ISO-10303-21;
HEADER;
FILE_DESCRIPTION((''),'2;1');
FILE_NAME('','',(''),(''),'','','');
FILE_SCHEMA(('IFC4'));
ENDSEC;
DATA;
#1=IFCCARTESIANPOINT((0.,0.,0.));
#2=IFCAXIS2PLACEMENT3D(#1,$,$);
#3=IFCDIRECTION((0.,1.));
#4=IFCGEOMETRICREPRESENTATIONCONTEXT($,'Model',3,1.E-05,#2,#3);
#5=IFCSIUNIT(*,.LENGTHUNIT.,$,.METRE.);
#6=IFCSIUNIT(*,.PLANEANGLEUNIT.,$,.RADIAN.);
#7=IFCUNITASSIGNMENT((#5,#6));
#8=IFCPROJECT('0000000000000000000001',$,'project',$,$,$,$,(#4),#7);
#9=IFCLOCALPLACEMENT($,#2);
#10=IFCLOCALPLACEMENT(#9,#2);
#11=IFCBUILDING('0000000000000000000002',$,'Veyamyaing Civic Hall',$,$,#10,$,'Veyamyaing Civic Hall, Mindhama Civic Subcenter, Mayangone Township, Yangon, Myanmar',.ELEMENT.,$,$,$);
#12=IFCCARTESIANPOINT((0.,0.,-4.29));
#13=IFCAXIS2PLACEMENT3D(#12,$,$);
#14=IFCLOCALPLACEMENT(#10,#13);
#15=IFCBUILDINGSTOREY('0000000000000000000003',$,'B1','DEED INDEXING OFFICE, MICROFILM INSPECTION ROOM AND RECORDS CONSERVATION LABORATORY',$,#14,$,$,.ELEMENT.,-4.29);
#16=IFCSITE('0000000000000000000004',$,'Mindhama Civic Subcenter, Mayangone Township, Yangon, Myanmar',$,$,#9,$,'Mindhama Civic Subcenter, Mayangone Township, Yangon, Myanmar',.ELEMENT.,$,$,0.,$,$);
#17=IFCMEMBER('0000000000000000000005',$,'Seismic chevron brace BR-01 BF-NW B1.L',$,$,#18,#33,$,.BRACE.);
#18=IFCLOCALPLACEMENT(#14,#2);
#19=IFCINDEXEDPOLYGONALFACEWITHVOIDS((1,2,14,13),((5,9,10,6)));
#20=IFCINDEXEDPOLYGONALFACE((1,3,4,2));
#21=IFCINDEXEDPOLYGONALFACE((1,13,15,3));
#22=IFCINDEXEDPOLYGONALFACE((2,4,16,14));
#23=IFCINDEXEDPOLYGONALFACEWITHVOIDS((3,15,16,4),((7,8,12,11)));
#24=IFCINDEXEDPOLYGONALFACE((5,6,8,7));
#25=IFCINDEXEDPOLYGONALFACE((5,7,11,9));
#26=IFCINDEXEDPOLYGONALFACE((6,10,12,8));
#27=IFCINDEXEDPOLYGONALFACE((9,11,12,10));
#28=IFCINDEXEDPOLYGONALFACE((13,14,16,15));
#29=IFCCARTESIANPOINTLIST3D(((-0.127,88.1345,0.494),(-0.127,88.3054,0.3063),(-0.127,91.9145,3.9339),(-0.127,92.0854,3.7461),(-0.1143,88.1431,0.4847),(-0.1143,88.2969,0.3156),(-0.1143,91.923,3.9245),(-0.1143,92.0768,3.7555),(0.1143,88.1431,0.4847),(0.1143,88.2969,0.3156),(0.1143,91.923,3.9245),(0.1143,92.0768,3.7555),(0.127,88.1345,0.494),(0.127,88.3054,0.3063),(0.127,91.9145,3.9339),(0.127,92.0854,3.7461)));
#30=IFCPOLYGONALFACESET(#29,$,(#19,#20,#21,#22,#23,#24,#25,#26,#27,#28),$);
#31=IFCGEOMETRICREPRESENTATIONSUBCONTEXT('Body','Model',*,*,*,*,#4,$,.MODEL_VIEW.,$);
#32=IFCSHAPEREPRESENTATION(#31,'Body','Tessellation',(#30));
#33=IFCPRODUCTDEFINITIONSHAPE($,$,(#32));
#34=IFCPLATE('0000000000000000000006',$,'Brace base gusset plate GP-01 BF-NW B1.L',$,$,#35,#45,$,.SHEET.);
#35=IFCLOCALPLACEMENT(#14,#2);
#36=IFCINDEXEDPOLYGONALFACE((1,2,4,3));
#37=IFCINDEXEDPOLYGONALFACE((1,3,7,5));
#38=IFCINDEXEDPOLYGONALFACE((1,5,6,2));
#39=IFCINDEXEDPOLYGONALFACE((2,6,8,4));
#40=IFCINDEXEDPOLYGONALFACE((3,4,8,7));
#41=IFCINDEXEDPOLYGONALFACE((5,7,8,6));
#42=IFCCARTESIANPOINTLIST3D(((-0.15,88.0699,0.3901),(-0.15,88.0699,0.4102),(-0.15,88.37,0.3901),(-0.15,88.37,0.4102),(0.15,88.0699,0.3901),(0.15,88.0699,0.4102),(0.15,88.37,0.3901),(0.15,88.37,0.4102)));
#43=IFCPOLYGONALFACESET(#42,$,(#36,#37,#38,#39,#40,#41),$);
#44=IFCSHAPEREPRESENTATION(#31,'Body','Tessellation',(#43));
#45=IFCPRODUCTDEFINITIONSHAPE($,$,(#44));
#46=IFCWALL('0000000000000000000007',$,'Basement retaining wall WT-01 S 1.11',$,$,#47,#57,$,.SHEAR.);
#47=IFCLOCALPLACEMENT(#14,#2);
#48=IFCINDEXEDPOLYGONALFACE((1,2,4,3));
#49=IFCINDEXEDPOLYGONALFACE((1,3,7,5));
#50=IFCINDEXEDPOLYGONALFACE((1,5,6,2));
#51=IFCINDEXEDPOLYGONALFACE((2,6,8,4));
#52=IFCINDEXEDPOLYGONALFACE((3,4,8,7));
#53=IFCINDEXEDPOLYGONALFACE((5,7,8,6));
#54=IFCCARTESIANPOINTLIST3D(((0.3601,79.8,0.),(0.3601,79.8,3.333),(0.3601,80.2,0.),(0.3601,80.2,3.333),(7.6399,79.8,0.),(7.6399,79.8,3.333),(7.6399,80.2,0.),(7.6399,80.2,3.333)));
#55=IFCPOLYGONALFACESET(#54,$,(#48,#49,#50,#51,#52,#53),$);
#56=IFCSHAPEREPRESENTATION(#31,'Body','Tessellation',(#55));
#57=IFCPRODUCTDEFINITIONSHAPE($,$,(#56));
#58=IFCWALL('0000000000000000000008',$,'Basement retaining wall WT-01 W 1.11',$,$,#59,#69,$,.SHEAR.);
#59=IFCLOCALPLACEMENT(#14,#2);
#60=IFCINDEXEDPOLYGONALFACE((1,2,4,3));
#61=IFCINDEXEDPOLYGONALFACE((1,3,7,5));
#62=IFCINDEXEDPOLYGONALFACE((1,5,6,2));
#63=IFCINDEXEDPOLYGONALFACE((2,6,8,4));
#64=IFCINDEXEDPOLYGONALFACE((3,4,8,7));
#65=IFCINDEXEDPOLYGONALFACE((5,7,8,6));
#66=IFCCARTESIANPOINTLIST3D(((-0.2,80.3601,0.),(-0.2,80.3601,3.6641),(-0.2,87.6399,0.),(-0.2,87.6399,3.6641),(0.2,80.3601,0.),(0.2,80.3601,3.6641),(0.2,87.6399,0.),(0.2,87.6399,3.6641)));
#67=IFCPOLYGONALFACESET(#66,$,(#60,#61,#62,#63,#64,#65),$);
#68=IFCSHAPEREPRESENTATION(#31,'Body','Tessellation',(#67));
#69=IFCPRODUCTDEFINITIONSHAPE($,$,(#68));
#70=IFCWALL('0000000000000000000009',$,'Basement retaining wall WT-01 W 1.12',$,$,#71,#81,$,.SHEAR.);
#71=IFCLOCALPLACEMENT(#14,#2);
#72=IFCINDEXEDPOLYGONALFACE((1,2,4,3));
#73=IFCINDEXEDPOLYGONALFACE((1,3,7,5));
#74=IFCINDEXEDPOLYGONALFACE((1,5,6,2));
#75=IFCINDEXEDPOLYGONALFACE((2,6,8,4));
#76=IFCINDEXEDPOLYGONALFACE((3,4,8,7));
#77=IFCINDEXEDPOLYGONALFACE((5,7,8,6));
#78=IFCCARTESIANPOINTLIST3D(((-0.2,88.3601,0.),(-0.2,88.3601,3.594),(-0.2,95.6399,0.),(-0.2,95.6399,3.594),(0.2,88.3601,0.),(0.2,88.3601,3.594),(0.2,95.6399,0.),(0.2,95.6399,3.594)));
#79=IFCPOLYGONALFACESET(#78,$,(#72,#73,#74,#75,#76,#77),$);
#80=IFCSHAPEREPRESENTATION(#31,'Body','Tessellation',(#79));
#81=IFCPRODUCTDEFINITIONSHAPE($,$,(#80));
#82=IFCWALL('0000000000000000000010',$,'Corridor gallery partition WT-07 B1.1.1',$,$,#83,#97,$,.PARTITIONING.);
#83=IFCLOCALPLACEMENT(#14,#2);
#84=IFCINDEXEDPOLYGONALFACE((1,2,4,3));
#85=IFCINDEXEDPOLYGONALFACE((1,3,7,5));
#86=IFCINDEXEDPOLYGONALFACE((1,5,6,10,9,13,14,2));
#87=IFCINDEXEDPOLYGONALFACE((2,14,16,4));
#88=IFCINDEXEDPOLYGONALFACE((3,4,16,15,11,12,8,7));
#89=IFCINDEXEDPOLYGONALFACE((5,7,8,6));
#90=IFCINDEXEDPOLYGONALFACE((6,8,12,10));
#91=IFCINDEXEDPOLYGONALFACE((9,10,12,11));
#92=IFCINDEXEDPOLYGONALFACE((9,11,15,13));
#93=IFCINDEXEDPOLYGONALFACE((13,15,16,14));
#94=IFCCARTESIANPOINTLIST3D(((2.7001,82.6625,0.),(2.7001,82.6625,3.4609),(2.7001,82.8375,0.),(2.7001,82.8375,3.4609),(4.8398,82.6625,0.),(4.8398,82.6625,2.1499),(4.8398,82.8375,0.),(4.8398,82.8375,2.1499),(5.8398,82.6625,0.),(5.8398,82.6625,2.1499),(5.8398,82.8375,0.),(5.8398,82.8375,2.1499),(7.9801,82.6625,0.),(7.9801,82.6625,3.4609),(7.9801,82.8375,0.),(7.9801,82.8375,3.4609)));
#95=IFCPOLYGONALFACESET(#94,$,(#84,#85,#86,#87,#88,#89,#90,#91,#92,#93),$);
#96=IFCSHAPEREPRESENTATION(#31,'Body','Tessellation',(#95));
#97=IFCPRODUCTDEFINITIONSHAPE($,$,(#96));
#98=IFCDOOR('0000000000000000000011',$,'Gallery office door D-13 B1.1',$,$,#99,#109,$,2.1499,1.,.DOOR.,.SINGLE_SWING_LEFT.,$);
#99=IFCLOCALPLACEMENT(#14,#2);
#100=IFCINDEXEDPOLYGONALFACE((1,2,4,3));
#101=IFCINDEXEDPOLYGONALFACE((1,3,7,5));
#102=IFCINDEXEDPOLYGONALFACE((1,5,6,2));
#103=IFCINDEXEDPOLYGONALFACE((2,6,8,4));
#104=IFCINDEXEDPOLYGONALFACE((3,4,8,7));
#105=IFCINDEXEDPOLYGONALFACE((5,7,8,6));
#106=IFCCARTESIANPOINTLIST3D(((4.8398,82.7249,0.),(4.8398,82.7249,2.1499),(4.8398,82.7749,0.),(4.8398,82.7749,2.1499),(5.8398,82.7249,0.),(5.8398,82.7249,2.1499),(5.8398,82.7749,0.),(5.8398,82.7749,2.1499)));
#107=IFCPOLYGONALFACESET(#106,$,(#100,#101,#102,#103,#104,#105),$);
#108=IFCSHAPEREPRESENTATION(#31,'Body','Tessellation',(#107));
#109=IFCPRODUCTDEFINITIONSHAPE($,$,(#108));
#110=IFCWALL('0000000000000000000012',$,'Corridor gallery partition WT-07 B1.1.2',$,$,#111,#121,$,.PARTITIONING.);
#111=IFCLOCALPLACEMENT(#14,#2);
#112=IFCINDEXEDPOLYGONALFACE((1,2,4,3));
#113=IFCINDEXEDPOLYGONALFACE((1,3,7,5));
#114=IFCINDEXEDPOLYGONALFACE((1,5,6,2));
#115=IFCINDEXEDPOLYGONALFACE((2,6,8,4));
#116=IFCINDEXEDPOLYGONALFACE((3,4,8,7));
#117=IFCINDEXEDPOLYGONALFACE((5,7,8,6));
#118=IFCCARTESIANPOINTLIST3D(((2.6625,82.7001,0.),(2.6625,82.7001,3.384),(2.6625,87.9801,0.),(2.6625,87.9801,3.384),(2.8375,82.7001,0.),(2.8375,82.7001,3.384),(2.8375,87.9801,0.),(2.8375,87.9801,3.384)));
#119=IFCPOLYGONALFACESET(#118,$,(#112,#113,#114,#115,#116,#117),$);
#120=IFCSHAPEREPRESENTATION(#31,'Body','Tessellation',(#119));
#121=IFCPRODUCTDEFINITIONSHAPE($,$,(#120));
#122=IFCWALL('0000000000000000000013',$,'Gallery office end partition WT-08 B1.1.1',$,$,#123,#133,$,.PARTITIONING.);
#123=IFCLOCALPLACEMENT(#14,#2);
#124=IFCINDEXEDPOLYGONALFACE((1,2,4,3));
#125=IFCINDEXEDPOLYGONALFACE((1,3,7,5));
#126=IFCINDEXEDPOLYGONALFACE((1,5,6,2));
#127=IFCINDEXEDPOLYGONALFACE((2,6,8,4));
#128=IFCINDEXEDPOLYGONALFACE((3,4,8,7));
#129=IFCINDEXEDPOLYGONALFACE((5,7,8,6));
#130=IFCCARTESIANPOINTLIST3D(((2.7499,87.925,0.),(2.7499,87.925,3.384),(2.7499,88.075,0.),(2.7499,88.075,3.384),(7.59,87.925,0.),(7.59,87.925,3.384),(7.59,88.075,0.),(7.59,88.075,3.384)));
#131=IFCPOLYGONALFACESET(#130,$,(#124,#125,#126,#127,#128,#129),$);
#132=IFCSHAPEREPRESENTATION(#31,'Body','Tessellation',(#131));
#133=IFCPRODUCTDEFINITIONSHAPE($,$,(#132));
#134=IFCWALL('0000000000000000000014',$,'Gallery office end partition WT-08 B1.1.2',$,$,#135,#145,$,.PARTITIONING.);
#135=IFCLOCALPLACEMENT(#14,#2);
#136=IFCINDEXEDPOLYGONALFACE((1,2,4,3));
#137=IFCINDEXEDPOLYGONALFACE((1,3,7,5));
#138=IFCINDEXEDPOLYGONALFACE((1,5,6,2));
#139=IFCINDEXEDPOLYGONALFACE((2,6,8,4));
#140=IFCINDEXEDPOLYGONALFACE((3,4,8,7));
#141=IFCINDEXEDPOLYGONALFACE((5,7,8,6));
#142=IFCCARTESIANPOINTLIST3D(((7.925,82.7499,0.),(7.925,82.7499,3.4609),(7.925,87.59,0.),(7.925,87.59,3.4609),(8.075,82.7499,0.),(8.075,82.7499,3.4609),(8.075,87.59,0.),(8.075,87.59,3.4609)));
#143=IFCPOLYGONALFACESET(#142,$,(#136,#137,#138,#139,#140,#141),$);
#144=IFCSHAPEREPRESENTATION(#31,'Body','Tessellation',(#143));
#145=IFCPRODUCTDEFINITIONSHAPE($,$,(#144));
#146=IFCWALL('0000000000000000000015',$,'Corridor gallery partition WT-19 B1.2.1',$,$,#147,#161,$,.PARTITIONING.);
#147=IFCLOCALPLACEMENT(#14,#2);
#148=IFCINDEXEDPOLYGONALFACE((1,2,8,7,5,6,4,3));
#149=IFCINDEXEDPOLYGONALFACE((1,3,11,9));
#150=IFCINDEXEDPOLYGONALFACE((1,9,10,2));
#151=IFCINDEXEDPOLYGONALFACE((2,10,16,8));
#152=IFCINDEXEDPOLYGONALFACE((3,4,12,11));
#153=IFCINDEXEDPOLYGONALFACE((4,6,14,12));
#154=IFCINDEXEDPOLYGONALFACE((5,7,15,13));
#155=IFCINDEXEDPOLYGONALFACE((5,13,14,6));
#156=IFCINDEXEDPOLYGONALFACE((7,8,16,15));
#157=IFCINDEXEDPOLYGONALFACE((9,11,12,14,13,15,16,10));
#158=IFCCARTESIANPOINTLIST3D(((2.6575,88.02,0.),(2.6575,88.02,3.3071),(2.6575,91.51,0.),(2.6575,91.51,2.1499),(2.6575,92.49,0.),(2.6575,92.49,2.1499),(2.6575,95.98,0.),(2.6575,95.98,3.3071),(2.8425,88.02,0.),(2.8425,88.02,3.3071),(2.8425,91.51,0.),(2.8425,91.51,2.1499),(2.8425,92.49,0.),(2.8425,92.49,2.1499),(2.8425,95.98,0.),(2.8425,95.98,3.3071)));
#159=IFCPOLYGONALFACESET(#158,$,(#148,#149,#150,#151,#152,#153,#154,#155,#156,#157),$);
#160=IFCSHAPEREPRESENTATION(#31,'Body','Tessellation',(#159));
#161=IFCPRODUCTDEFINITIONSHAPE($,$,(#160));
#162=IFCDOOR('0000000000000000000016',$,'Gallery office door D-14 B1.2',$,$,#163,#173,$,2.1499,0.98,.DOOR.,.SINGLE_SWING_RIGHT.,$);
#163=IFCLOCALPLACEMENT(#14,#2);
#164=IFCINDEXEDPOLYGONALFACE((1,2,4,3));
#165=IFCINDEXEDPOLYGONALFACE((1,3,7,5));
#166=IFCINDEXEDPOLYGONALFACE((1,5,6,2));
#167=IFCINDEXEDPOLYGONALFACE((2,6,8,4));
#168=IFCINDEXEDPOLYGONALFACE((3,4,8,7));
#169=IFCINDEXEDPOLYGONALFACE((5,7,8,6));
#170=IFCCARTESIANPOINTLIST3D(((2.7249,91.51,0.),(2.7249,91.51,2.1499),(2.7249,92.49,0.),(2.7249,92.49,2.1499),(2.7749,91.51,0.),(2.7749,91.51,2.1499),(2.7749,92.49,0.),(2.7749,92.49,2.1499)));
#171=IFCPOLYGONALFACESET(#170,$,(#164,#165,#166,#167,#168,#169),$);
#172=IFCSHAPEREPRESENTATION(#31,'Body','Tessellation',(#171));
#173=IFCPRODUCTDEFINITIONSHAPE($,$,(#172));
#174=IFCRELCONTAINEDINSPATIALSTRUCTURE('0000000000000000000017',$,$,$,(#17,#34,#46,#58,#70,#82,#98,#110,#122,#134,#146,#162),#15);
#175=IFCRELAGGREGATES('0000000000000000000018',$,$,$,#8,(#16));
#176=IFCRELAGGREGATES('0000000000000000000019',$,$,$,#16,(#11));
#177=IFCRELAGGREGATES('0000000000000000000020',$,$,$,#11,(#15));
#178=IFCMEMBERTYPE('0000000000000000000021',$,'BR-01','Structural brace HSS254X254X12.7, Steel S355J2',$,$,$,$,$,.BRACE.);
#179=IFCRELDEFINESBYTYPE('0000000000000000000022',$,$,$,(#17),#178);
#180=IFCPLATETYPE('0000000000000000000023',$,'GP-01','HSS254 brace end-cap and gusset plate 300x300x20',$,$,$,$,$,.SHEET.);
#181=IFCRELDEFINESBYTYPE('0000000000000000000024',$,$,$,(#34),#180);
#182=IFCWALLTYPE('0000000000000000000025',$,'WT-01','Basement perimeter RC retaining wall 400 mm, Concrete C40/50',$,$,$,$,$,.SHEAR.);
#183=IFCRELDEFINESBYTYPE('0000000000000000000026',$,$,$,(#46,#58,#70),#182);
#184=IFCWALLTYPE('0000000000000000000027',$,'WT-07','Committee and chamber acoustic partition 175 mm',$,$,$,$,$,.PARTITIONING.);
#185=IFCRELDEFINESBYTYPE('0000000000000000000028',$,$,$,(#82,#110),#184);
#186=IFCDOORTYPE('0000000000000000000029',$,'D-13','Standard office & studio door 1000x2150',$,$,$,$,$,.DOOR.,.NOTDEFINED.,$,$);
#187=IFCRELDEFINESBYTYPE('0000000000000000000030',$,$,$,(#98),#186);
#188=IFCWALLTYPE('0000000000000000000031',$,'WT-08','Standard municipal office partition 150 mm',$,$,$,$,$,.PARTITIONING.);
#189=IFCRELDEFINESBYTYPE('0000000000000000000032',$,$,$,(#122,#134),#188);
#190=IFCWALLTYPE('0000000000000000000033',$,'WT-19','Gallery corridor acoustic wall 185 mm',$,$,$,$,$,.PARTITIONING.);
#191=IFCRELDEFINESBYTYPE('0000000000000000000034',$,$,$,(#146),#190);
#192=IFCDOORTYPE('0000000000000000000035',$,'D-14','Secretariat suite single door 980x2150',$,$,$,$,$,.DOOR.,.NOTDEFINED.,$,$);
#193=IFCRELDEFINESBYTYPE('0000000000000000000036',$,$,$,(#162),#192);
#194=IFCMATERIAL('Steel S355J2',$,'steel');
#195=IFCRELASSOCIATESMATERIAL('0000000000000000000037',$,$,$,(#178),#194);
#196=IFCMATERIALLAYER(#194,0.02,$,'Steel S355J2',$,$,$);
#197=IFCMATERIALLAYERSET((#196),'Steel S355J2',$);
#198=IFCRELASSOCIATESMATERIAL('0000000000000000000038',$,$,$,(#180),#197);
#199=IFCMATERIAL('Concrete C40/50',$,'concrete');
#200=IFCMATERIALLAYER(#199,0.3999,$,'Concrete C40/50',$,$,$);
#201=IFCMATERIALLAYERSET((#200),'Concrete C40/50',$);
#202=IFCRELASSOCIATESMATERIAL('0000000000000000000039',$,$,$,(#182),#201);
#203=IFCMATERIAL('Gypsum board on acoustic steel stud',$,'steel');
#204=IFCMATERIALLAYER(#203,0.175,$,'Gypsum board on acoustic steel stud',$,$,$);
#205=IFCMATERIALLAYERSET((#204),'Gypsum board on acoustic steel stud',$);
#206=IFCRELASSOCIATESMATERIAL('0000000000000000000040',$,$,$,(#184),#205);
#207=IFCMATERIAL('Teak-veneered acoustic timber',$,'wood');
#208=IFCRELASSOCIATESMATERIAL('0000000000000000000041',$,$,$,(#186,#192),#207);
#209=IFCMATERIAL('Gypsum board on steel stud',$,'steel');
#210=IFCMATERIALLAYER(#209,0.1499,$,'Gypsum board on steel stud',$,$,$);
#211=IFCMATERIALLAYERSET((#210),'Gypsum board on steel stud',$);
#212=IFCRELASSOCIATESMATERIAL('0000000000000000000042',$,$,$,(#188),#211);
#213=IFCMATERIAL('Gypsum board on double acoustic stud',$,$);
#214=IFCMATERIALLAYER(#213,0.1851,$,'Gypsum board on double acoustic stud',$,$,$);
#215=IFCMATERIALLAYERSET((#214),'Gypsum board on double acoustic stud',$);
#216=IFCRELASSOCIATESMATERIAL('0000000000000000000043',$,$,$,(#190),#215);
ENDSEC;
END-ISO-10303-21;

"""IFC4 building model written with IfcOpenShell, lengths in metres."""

from ifc_helpers import new_model, si_unit, direction, frame, frame_2d, origin, origin_2d, place, context, subcontext, project, spatial, rectangle, hollow_rectangle, extrude, material, layer, layer_set, material_profile, profile_set, type_object, element, fill, save


model = new_model("IFC4")

# Units and contexts
model_context = context("Model", 3, precision=1e-05, world=origin(), true_north=direction((0.0, 1.0)))
body_context = subcontext(model_context, "Body", "Model", "MODEL_VIEW")
ifc_project = project(units=[si_unit("LENGTHUNIT", "METRE"), si_unit("PLANEANGLEUNIT", "RADIAN")], contexts=[model_context])

# Site, building, storey
site_placement = place(None, origin())
site = spatial("IfcSite", under=ifc_project, at=site_placement, Name="Mindhama Civic Subcenter, Mayangone Township, Yangon, Myanmar", LongName="Mindhama Civic Subcenter, Mayangone Township, Yangon, Myanmar", CompositionType="ELEMENT", RefElevation=0.0)
building_placement = place(site_placement, origin())
building = spatial("IfcBuilding", under=site, at=building_placement, Name="Veyamyaing Civic Hall", LongName="Veyamyaing Civic Hall, Mindhama Civic Subcenter, Mayangone Township, Yangon, Myanmar", CompositionType="ELEMENT")
storey_placement = place(building_placement, frame((0.0, 0.0, -4.29)))
storey = spatial("IfcBuildingStorey", under=building, at=storey_placement, Name="B1", Description="DEED INDEXING OFFICE, MICROFILM INSPECTION ROOM AND RECORDS CONSERVATION LABORATORY", CompositionType="ELEMENT", Elevation=-4.29)

# Shared definitions
ifc_material_1 = material(Name="Concrete C40/50", Category="concrete")

# Member
ifc_material_2 = material(Name="Steel S355J2", Category="steel")
ifc_material_profile_1 = material_profile(ifc_material_2, hollow_rectangle(XDim=0.2539, YDim=0.2539, WallThickness=0.0127, at=origin_2d()), Name="HSS254X254X12.7")
ifc_profile_set_1 = profile_set([ifc_material_profile_1], Name="Steel S355J2")
member_type = type_object("IfcMemberType", Name="BR-01", Description="Structural brace HSS254X254X12.7, Steel S355J2", PredefinedType="BRACE", material=ifc_profile_set_1)
member_placement = place(storey_placement, frame((0.0, 88.22, 0.4001), z_axis=(0.0, 0.739594, 0.673053), x_axis=(-1.0, 0.0, 0.0)))
element("IfcMember", 1, at=member_placement, inside=storey, type_object=member_type, Name="Seismic chevron brace BR-01 BF-NW B1.L", PredefinedType="BRACE", context=body_context, shape_type="SweptSolid", body=[
    extrude(hollow_rectangle(XDim=0.2539, YDim=0.2539, WallThickness=0.0127, at=origin_2d()), origin(), (0.0, 0.0, 1.0), 5.1108),
])

# Plate
ifc_layer_1 = layer(ifc_material_2, 0.02, Name="Steel S355J2")
ifc_layer_set_1 = layer_set([ifc_layer_1], Name="Steel S355J2")
plate_type = type_object("IfcPlateType", Name="GP-01", Description="HSS254 brace end-cap and gusset plate 300x300x20", PredefinedType="SHEET", material=ifc_layer_set_1)
plate_placement = place(storey_placement, frame((0.0, 88.22, 0.3901), z_axis=(0.0, 0.0, 1.0), x_axis=(1.0, 0.0, 0.0)))
element("IfcPlate", 2, at=plate_placement, inside=storey, type_object=plate_type, Name="Brace base gusset plate GP-01 BF-NW B1.L", PredefinedType="SHEET", context=body_context, shape_type="SweptSolid", body=[
    extrude(rectangle(XDim=0.3, YDim=0.3, at=origin_2d()), origin(), (0.0, 0.0, 1.0), 0.02),
])

# Walls
ifc_layer_2 = layer(ifc_material_1, 0.3999, Name="Concrete C40/50")
ifc_layer_set_2 = layer_set([ifc_layer_2], Name="Concrete C40/50")
wall_type_1 = type_object("IfcWallType", Name="WT-01", Description="Basement perimeter RC retaining wall 400 mm, Concrete C40/50", PredefinedType="SHEAR", material=ifc_layer_set_2)
wall_1_placement = place(storey_placement, frame((0.3601, 80.0, 0.0), z_axis=(0.0, 0.0, 1.0), x_axis=(1.0, 0.0, 0.0)))
element("IfcWall", 3, at=wall_1_placement, inside=storey, type_object=wall_type_1, Name="Basement retaining wall WT-01 S 1.11", PredefinedType="SHEAR", context=body_context, shape_type="SweptSolid", body=[
    extrude(rectangle(XDim=7.2798, YDim=0.3999, at=frame_2d((3.6399, 0.0))), origin(), (0.0, 0.0, 1.0), 3.333),
])
wall_2_placement = place(storey_placement, frame((0.0, 80.3601, 0.0), z_axis=(0.0, 0.0, 1.0), x_axis=(0.0, 1.0, 0.0)))
element("IfcWall", 4, at=wall_2_placement, inside=storey, type_object=wall_type_1, Name="Basement retaining wall WT-01 W 1.11", PredefinedType="SHEAR", context=body_context, shape_type="SweptSolid", body=[
    extrude(rectangle(XDim=7.2798, YDim=0.3999, at=frame_2d((3.6399, 0.0))), origin(), (0.0, 0.0, 1.0), 3.6641),
])
wall_3_placement = place(storey_placement, frame((0.0, 88.3601, 0.0), z_axis=(0.0, 0.0, 1.0), x_axis=(0.0, 1.0, 0.0)))
element("IfcWall", 5, at=wall_3_placement, inside=storey, type_object=wall_type_1, Name="Basement retaining wall WT-01 W 1.12", PredefinedType="SHEAR", context=body_context, shape_type="SweptSolid", body=[
    extrude(rectangle(XDim=7.2798, YDim=0.3999, at=frame_2d((3.6399, 0.0))), origin(), (0.0, 0.0, 1.0), 3.594),
])

# Wall, opening, door
ifc_material_3 = material(Name="Gypsum board on acoustic steel stud", Category="steel")
ifc_layer_3 = layer(ifc_material_3, 0.175, Name="Gypsum board on acoustic steel stud")
ifc_layer_set_3 = layer_set([ifc_layer_3], Name="Gypsum board on acoustic steel stud")
wall_type_2 = type_object("IfcWallType", Name="WT-07", Description="Committee and chamber acoustic partition 175 mm", PredefinedType="PARTITIONING", material=ifc_layer_set_3)
wall_4_placement = place(storey_placement, frame((2.7, 82.75, 0.0), z_axis=(0.0, 0.0, 1.0), x_axis=(1.0, 0.0, 0.0)))
wall_4 = element("IfcWall", 6, at=wall_4_placement, inside=storey, type_object=wall_type_2, Name="Corridor gallery partition WT-07 B1.1.1", PredefinedType="PARTITIONING", context=body_context, shape_type="SweptSolid", body=[
    extrude(rectangle(XDim=5.28, YDim=0.175, at=frame_2d((2.6401, 0.0))), origin(), (0.0, 0.0, 1.0), 3.4609),
])
opening_1_placement = place(wall_4_placement, frame((2.1399, 0.0, 0.0)))
opening_1 = element("IfcOpeningElement", 7, at=opening_1_placement, cuts=wall_4, PredefinedType="OPENING", context=body_context, shape_type="SweptSolid", body=[
    extrude(rectangle(XDim=1.0, YDim=2.1499, at=frame_2d((0.5, 1.075))), frame((0.0, 0.0974, 0.0), z_axis=(0.0, -1.0, 0.0), x_axis=(1.0, 0.0, 0.0)), (0.0, 0.0, 1.0), 0.1951),
])
ifc_material_4 = material(Name="Teak-veneered acoustic timber", Category="wood")
door_type_1 = type_object("IfcDoorType", Name="D-13", Description="Standard office & studio door 1000x2150", OperationType="NOTDEFINED", PredefinedType="DOOR", material=ifc_material_4)
door_1_placement = place(opening_1_placement, origin())
door_1 = element("IfcDoor", 8, at=door_1_placement, inside=storey, type_object=door_type_1, Name="Gallery office door D-13 B1.1", OperationType="SINGLE_SWING_LEFT", OverallHeight=2.1499, OverallWidth=1.0, PredefinedType="DOOR", context=body_context, shape_type="SweptSolid", body=[
    extrude(rectangle(XDim=1.0, YDim=2.1499, at=frame_2d((0.5, 1.075))), frame((0.0, 0.0249, 0.0), z_axis=(0.0, -1.0, 0.0), x_axis=(1.0, 0.0, 0.0)), (0.0, 0.0, 1.0), 0.05),
])
fill(opening_1, door_1)

# Walls
wall_5_placement = place(storey_placement, frame((2.75, 82.7, 0.0), z_axis=(0.0, 0.0, 1.0), x_axis=(0.0, 1.0, 0.0)))
element("IfcWall", 9, at=wall_5_placement, inside=storey, type_object=wall_type_2, Name="Corridor gallery partition WT-07 B1.1.2", PredefinedType="PARTITIONING", context=body_context, shape_type="SweptSolid", body=[
    extrude(rectangle(XDim=5.28, YDim=0.175, at=frame_2d((2.6401, 0.0))), origin(), (0.0, 0.0, 1.0), 3.384),
])
ifc_material_5 = material(Name="Gypsum board on steel stud", Category="steel")
ifc_layer_4 = layer(ifc_material_5, 0.1499, Name="Gypsum board on steel stud")
ifc_layer_set_4 = layer_set([ifc_layer_4], Name="Gypsum board on steel stud")
wall_type_3 = type_object("IfcWallType", Name="WT-08", Description="Standard municipal office partition 150 mm", PredefinedType="PARTITIONING", material=ifc_layer_set_4)
wall_6_placement = place(storey_placement, frame((2.75, 88.0, 0.0), z_axis=(0.0, 0.0, 1.0), x_axis=(1.0, 0.0, 0.0)))
element("IfcWall", 10, at=wall_6_placement, inside=storey, type_object=wall_type_3, Name="Gallery office end partition WT-08 B1.1.1", PredefinedType="PARTITIONING", context=body_context, shape_type="SweptSolid", body=[
    extrude(rectangle(XDim=4.8401, YDim=0.1499, at=frame_2d((2.4199, 0.0))), origin(), (0.0, 0.0, 1.0), 3.384),
])
wall_7_placement = place(storey_placement, frame((8.0, 82.75, 0.0), z_axis=(0.0, 0.0, 1.0), x_axis=(0.0, 1.0, 0.0)))
element("IfcWall", 11, at=wall_7_placement, inside=storey, type_object=wall_type_3, Name="Gallery office end partition WT-08 B1.1.2", PredefinedType="PARTITIONING", context=body_context, shape_type="SweptSolid", body=[
    extrude(rectangle(XDim=4.8401, YDim=0.1499, at=frame_2d((2.4199, 0.0))), origin(), (0.0, 0.0, 1.0), 3.4609),
])

# Wall, opening, door
ifc_material_6 = material(Name="Gypsum board on double acoustic stud")
ifc_layer_5 = layer(ifc_material_6, 0.1851, Name="Gypsum board on double acoustic stud")
ifc_layer_set_5 = layer_set([ifc_layer_5], Name="Gypsum board on double acoustic stud")
wall_type_4 = type_object("IfcWallType", Name="WT-19", Description="Gallery corridor acoustic wall 185 mm", PredefinedType="PARTITIONING", material=ifc_layer_set_5)
wall_8_placement = place(storey_placement, frame((2.75, 88.02, 0.0), z_axis=(0.0, 0.0, 1.0), x_axis=(0.0, 1.0, 0.0)))
wall_8 = element("IfcWall", 12, at=wall_8_placement, inside=storey, type_object=wall_type_4, Name="Corridor gallery partition WT-19 B1.2.1", PredefinedType="PARTITIONING", context=body_context, shape_type="SweptSolid", body=[
    extrude(rectangle(XDim=7.96, YDim=0.1851, at=frame_2d((3.98, 0.0))), origin(), (0.0, 0.0, 1.0), 3.3071),
])
opening_2_placement = place(wall_8_placement, frame((3.49, 0.0, 0.0)))
opening_2 = element("IfcOpeningElement", 13, at=opening_2_placement, cuts=wall_8, PredefinedType="OPENING", context=body_context, shape_type="SweptSolid", body=[
    extrude(rectangle(XDim=0.98, YDim=2.1499, at=frame_2d((0.49, 1.075))), frame((0.0, 0.1025, 0.0), z_axis=(0.0, -1.0, 0.0), x_axis=(1.0, 0.0, 0.0)), (0.0, 0.0, 1.0), 0.2051),
])
door_type_2 = type_object("IfcDoorType", Name="D-14", Description="Secretariat suite single door 980x2150", OperationType="NOTDEFINED", PredefinedType="DOOR", material=ifc_material_4)
door_2_placement = place(opening_2_placement, frame((0.98, 0.0, 0.0), z_axis=(0.0, 0.0, 1.0), x_axis=(-1.0, 0.0, 0.0)))
door_2 = element("IfcDoor", 14, at=door_2_placement, inside=storey, type_object=door_type_2, Name="Gallery office door D-14 B1.2", OperationType="SINGLE_SWING_RIGHT", OverallHeight=2.1499, OverallWidth=0.98, PredefinedType="DOOR", context=body_context, shape_type="SweptSolid", body=[
    extrude(rectangle(XDim=0.98, YDim=2.1499, at=frame_2d((0.49, 1.075))), frame((0.0, 0.0249, 0.0), z_axis=(0.0, -1.0, 0.0), x_axis=(1.0, 0.0, 0.0)), (0.0, 0.0, 1.0), 0.05),
])
fill(opening_2, door_2)

save(model, "model.ifc")
